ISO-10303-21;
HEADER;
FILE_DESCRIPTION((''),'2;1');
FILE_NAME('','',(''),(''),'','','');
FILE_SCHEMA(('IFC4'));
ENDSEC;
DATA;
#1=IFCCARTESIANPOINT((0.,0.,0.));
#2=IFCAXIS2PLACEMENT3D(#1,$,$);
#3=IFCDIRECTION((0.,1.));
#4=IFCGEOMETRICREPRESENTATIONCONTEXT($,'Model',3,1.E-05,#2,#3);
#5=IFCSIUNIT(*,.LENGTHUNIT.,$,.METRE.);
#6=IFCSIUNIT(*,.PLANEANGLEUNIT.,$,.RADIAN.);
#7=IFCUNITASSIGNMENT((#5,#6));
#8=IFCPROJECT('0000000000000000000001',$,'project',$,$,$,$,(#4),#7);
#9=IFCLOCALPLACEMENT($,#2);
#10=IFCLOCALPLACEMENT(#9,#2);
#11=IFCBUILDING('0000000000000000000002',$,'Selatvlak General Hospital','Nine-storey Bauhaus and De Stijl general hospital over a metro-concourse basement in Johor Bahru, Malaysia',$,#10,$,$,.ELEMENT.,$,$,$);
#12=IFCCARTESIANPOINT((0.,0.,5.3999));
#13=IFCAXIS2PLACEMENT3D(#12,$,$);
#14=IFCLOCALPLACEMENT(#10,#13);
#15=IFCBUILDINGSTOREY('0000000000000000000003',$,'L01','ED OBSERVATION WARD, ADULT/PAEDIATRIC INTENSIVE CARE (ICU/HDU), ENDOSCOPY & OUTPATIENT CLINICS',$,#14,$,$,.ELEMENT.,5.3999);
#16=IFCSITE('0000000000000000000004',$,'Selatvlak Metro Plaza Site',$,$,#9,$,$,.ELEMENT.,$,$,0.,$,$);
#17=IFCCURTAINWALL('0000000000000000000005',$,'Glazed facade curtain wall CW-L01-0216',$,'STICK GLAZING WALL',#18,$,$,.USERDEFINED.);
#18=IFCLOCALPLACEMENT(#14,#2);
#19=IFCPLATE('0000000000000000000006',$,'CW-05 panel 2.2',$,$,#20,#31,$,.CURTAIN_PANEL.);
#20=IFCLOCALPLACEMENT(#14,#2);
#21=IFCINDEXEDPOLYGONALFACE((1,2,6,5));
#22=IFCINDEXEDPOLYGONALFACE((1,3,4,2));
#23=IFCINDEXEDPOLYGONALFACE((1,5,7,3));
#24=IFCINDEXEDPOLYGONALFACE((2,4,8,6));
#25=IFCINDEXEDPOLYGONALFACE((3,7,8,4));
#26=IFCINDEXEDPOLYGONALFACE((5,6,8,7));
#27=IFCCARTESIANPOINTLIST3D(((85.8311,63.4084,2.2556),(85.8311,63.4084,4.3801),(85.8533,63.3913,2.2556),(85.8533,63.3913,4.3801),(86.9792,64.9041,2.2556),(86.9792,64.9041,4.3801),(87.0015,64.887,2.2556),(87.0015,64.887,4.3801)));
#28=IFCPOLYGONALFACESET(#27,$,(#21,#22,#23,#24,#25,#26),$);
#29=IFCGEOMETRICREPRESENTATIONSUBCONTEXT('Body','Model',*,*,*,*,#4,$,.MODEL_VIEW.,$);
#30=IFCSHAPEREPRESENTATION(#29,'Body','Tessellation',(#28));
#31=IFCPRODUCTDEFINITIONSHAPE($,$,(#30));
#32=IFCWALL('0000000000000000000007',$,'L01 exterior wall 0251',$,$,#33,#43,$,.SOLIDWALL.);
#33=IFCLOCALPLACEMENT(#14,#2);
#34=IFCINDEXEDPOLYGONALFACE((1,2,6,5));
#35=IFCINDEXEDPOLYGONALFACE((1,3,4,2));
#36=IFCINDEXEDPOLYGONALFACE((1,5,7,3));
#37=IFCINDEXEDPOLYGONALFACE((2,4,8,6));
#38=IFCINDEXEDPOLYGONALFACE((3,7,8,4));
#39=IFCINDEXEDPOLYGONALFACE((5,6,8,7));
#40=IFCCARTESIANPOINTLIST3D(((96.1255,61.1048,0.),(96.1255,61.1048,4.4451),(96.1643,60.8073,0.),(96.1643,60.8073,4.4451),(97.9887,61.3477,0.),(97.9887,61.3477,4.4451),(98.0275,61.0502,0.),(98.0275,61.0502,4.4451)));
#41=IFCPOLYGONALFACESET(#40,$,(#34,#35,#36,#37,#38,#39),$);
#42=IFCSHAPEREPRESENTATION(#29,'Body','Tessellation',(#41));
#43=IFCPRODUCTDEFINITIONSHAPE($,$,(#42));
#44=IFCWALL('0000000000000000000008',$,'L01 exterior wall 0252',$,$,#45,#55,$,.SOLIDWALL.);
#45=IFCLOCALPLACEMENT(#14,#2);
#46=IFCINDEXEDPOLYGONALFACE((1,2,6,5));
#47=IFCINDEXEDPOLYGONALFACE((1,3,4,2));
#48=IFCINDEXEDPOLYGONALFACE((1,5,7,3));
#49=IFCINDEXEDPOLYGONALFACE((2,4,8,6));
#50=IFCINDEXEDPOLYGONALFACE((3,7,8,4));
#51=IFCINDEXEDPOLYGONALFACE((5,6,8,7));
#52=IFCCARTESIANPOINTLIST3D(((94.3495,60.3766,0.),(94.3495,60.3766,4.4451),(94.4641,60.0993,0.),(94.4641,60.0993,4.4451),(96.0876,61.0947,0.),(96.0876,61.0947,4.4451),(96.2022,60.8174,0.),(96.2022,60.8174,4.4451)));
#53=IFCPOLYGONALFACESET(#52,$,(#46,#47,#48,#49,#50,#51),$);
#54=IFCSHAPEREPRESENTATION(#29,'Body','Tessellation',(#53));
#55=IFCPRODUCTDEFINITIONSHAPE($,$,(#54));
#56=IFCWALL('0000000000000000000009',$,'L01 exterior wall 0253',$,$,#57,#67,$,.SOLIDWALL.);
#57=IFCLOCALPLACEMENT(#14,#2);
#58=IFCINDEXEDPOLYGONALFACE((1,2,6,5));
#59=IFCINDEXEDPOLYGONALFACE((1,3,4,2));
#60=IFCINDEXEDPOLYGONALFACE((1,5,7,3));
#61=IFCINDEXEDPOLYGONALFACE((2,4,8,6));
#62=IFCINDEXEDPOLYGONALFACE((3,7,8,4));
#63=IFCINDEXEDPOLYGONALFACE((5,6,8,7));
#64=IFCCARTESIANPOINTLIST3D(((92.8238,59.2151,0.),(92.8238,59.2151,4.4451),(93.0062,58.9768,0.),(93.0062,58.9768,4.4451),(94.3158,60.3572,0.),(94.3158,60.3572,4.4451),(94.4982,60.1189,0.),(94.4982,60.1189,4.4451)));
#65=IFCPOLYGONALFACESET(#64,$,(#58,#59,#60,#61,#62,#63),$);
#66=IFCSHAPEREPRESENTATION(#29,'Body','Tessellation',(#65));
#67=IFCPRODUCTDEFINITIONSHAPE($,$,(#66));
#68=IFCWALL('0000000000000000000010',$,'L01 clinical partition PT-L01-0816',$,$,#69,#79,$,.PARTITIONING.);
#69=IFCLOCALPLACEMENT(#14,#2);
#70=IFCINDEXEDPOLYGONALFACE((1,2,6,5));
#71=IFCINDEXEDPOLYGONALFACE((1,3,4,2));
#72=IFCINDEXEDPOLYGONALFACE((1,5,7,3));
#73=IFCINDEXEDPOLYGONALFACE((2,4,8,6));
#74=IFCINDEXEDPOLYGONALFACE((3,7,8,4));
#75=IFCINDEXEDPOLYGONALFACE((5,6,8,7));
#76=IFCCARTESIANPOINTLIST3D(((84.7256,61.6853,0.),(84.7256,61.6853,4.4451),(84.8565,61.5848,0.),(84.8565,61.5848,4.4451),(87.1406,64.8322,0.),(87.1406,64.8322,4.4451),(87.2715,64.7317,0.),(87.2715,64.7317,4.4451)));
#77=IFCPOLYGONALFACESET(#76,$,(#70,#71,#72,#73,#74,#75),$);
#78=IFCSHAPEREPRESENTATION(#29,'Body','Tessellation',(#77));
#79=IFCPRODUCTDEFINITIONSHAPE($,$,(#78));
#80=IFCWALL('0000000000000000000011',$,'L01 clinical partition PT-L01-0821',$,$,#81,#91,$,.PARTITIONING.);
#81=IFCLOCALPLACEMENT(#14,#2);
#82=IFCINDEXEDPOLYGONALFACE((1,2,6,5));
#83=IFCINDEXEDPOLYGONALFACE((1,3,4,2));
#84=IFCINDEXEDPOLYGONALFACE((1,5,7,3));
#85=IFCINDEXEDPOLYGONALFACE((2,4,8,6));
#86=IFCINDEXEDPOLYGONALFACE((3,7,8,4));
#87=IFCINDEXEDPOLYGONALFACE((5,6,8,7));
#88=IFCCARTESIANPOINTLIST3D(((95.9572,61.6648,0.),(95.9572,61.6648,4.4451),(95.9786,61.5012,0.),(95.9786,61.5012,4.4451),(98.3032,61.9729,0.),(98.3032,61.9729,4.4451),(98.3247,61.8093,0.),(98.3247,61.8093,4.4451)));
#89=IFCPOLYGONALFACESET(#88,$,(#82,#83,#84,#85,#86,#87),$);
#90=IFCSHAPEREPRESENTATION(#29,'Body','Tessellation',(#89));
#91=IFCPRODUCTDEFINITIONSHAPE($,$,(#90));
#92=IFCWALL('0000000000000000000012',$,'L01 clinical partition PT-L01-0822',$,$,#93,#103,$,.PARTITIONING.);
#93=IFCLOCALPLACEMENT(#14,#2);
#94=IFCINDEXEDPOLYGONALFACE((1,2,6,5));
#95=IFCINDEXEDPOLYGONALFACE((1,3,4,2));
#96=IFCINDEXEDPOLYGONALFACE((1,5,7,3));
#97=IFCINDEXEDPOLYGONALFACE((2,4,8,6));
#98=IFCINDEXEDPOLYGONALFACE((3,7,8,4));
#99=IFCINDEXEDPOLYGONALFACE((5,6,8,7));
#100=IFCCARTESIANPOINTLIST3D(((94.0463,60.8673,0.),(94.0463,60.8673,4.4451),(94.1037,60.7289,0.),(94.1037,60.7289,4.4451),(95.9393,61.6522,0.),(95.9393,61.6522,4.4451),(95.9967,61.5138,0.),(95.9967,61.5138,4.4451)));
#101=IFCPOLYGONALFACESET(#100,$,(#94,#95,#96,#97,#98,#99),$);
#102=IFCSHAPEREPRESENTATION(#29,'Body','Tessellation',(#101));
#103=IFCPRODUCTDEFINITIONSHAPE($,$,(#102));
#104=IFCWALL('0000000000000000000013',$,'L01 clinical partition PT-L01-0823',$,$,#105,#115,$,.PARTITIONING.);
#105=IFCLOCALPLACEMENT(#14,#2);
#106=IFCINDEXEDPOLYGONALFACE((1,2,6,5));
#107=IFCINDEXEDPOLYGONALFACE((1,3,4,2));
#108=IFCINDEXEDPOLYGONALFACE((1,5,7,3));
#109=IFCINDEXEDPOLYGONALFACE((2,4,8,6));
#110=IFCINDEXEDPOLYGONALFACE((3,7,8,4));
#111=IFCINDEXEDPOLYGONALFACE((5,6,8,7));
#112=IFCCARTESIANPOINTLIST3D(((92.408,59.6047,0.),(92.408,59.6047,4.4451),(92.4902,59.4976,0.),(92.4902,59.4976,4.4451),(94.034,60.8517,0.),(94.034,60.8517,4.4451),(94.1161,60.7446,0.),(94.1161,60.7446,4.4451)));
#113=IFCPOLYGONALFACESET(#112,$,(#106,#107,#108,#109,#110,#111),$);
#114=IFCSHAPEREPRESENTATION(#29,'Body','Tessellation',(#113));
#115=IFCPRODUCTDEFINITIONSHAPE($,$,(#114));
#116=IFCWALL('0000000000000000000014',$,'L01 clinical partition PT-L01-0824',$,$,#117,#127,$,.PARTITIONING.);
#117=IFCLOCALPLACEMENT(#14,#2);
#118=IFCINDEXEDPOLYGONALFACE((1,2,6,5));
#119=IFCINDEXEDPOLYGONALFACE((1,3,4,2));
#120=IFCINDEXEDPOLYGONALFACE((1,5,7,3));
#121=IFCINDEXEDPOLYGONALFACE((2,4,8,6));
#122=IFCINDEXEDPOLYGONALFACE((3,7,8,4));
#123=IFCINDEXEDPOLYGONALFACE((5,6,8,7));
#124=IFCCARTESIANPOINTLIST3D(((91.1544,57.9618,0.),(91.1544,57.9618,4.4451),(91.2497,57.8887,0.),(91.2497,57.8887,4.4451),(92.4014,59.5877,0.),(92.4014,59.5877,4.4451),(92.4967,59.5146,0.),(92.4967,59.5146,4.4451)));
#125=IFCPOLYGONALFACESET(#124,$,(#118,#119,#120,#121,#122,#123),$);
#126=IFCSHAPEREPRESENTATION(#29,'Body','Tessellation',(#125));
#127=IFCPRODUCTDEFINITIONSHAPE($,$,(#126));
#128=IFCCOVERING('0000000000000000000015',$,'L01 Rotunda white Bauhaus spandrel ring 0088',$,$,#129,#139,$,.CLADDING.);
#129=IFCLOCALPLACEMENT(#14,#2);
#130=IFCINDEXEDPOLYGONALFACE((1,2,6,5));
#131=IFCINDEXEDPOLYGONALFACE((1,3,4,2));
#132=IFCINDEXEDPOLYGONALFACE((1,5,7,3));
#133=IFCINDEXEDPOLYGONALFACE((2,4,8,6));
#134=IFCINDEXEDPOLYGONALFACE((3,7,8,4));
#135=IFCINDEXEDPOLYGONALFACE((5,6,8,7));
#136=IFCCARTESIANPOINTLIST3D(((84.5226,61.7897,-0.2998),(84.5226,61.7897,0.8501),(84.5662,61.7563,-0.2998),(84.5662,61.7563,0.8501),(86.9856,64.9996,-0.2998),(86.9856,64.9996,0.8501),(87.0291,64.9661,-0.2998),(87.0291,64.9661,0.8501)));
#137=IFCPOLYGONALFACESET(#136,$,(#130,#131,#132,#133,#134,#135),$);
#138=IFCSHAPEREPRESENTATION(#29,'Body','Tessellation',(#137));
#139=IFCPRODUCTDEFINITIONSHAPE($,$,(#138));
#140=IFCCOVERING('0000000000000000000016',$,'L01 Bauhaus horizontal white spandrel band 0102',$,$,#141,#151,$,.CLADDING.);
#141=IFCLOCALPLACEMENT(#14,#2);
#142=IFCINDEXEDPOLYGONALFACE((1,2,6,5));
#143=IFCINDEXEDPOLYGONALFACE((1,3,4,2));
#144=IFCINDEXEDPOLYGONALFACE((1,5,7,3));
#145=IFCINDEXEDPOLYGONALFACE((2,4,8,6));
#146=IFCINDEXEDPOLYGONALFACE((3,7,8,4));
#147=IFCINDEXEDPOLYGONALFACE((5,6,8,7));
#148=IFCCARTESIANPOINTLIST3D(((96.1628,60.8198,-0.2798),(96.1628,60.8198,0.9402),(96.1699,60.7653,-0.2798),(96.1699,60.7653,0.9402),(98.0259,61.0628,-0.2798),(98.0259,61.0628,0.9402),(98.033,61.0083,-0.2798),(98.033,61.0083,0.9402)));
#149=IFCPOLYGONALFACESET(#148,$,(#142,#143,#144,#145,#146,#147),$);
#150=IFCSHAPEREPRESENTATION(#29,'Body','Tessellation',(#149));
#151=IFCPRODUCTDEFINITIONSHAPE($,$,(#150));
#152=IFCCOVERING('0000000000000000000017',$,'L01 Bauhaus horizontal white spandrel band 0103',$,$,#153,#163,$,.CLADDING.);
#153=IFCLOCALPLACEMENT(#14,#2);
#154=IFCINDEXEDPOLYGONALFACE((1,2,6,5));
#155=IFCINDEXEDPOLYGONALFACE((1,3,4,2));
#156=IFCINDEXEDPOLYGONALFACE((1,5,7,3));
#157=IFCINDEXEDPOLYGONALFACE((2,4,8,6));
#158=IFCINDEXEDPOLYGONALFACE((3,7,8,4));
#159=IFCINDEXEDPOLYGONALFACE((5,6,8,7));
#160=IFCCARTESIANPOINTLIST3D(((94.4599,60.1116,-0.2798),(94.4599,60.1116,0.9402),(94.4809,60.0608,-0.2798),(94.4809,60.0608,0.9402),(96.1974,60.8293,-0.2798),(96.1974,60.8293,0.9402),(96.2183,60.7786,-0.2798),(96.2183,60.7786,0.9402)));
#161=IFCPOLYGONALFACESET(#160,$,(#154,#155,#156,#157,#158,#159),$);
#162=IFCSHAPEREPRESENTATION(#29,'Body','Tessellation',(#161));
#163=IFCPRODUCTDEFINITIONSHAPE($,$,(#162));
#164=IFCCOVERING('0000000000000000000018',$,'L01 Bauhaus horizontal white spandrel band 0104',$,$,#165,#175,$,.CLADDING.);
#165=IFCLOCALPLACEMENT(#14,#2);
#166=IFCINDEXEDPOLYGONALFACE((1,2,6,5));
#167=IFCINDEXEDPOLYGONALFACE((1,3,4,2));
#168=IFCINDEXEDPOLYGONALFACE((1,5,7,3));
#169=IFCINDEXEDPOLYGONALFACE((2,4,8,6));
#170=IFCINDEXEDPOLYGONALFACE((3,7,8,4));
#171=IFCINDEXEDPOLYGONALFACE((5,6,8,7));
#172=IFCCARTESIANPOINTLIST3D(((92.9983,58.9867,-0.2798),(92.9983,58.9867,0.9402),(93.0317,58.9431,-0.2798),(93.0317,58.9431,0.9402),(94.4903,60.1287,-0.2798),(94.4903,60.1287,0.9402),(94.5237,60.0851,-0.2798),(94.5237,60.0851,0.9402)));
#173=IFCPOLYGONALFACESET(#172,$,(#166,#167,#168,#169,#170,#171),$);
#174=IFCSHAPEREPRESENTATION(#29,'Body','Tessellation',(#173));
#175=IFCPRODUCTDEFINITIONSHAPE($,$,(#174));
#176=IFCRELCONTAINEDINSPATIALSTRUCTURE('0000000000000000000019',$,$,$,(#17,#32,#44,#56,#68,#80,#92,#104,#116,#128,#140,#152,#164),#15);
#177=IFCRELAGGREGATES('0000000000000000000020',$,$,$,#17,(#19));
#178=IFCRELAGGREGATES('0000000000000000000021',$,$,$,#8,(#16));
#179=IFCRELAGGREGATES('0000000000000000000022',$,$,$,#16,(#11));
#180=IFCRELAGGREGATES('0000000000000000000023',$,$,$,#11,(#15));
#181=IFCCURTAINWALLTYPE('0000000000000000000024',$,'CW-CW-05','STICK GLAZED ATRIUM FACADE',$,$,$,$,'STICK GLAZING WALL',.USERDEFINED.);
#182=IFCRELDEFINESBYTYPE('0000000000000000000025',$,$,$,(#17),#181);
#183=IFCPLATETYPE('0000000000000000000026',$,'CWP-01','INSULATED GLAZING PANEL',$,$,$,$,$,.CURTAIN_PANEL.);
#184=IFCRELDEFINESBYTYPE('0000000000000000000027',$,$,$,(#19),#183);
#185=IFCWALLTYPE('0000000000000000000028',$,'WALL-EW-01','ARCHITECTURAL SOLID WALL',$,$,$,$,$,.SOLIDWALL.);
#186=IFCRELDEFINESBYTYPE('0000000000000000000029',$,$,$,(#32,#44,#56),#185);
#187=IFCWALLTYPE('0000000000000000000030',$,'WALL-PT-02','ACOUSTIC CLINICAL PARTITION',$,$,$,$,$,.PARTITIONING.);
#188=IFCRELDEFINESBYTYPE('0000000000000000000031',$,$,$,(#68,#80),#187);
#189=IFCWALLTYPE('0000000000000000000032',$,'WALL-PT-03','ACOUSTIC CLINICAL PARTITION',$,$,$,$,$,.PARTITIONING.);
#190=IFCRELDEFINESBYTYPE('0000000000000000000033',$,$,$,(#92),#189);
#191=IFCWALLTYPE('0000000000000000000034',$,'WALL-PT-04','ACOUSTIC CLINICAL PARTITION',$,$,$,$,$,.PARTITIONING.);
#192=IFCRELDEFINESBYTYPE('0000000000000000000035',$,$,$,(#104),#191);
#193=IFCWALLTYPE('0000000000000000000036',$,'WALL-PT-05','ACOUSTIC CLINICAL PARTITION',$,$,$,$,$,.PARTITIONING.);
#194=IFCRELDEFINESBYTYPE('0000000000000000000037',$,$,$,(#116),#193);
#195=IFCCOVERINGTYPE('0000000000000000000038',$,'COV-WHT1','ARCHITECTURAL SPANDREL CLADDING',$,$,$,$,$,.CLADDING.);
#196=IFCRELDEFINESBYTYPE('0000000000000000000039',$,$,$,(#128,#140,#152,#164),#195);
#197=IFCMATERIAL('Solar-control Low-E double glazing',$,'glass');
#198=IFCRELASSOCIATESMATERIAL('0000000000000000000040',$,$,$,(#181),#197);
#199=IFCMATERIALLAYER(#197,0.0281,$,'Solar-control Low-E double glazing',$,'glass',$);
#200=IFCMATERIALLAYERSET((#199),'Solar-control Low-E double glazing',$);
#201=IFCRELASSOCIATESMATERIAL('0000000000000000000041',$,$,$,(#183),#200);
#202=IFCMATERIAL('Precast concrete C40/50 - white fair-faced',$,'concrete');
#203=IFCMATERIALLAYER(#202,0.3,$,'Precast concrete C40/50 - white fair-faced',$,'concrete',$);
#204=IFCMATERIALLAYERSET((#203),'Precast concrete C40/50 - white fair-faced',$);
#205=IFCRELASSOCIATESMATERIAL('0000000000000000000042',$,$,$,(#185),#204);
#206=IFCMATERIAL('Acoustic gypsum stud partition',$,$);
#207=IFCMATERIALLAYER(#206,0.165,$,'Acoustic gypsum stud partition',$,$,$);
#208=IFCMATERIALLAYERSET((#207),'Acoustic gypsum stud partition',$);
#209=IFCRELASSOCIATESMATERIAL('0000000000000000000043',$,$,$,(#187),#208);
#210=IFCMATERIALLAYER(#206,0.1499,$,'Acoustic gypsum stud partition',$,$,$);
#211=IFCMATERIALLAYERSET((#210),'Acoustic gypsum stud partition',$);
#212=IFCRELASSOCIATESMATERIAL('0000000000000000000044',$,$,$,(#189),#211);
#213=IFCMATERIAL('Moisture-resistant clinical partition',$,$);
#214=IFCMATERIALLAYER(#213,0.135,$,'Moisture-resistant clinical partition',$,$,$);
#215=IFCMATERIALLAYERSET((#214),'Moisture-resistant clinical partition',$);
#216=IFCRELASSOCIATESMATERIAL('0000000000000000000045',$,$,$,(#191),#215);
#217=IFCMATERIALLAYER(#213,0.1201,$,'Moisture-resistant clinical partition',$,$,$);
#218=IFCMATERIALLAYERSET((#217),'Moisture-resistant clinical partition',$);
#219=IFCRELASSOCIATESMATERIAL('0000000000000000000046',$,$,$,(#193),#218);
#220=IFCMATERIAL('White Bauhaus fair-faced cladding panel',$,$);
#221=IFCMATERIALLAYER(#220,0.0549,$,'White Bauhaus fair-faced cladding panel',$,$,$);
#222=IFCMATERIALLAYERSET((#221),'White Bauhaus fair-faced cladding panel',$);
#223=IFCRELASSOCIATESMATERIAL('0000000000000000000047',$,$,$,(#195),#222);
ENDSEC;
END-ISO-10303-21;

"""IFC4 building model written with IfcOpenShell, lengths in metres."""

from ifc_helpers import new_model, si_unit, direction, frame, frame_2d, origin, origin_2d, place, context, subcontext, project, spatial, rectangle, extrude, material, layer, layer_set, type_object, element, aggregate, save


model = new_model("IFC4")

# Units and contexts
model_context = context("Model", 3, precision=1e-05, world=origin(), true_north=direction((0.0, 1.0)))
body_context = subcontext(model_context, "Body", "Model", "MODEL_VIEW")
ifc_project = project(units=[si_unit("LENGTHUNIT", "METRE"), si_unit("PLANEANGLEUNIT", "RADIAN")], contexts=[model_context])

# Site, building, storey
site_placement = place(None, origin())
site = spatial("IfcSite", under=ifc_project, at=site_placement, Name="Selatvlak Metro Plaza Site", CompositionType="ELEMENT", RefElevation=0.0)
building_placement = place(site_placement, origin())
building = spatial("IfcBuilding", under=site, at=building_placement, Name="Selatvlak General Hospital", Description="Nine-storey Bauhaus and De Stijl general hospital over a metro-concourse basement in Johor Bahru, Malaysia", CompositionType="ELEMENT")
storey_placement = place(building_placement, frame((0.0, 0.0, 5.3999)))
storey = spatial("IfcBuildingStorey", under=building, at=storey_placement, Name="L01", Description="ED OBSERVATION WARD, ADULT/PAEDIATRIC INTENSIVE CARE (ICU/HDU), ENDOSCOPY & OUTPATIENT CLINICS", CompositionType="ELEMENT", Elevation=5.3999)

# Curtain wall
ifc_material_1 = material(Name="Solar-control Low-E double glazing", Category="glass")
curtain_wall_type_1 = type_object("IfcCurtainWallType", Name="CW-CW-05", Description="STICK GLAZED ATRIUM FACADE", ElementType="STICK GLAZING WALL", PredefinedType="USERDEFINED", material=ifc_material_1)
curtain_wall_1_placement = place(storey_placement, origin())
curtain_wall_1 = element("IfcCurtainWall", 1, at=curtain_wall_1_placement, inside=storey, type_object=curtain_wall_type_1, Name="Glazed facade curtain wall CW-L01-0216", ObjectType="STICK GLAZING WALL", PredefinedType="USERDEFINED")

# Plate
ifc_layer_1 = layer(ifc_material_1, 0.0281, Name="Solar-control Low-E double glazing", Category="glass")
ifc_layer_set_1 = layer_set([ifc_layer_1], Name="Solar-control Low-E double glazing")
plate_type = type_object("IfcPlateType", Name="CWP-01", Description="INSULATED GLAZING PANEL", PredefinedType="CURTAIN_PANEL", material=ifc_layer_set_1)
plate_1_placement = place(storey_placement, frame((86.4163, 64.1477, 2.2556), z_axis=(0.0, 0.0, 1.0), x_axis=(0.608918, 0.793233, 0.0)))
plate_1 = element("IfcPlate", 2, at=plate_1_placement, type_object=plate_type, Name="CW-05 panel 2.2", PredefinedType="CURTAIN_PANEL", context=body_context, shape_type="SweptSolid", body=[
    extrude(rectangle(XDim=1.8855, YDim=0.0281, at=origin_2d()), origin(), (0.0, 0.0, 1.0), 2.1245),
])
aggregate(curtain_wall_1, [plate_1])

# Walls
ifc_material_2 = material(Name="Precast concrete C40/50 - white fair-faced", Category="concrete")
ifc_layer_2 = layer(ifc_material_2, 0.3, Name="Precast concrete C40/50 - white fair-faced", Category="concrete")
ifc_layer_set_2 = layer_set([ifc_layer_2], Name="Precast concrete C40/50 - white fair-faced")
wall_type_1 = type_object("IfcWallType", Name="WALL-EW-01", Description="ARCHITECTURAL SOLID WALL", PredefinedType="SOLIDWALL", material=ifc_layer_set_2)
wall_1_placement = place(storey_placement, frame((98.0081, 61.199, 0.0), z_axis=(0.0, 0.0, 1.0), x_axis=(-0.991606, -0.129295, 0.0)))
element("IfcWall", 3, at=wall_1_placement, inside=storey, type_object=wall_type_1, Name="L01 exterior wall 0251", PredefinedType="SOLIDWALL", context=body_context, shape_type="SweptSolid", body=[
    extrude(rectangle(XDim=1.8789, YDim=0.3, at=frame_2d((0.9395, 0.0))), origin(), (0.0, 0.0, 1.0), 4.4451),
])
wall_2_placement = place(storey_placement, frame((96.145, 60.9561, 0.0), z_axis=(0.0, 0.0, 1.0), x_axis=(-0.924237, -0.38182, 0.0)))
element("IfcWall", 4, at=wall_2_placement, inside=storey, type_object=wall_type_1, Name="L01 exterior wall 0252", PredefinedType="SOLIDWALL", context=body_context, shape_type="SweptSolid", body=[
    extrude(rectangle(XDim=1.8806, YDim=0.3, at=frame_2d((0.9404, 0.0))), origin(), (0.0, 0.0, 1.0), 4.4451),
])
wall_3_placement = place(storey_placement, frame((94.407, 60.238, 0.0), z_axis=(0.0, 0.0, 1.0), x_axis=(-0.794052, -0.60785, 0.0)))
element("IfcWall", 5, at=wall_3_placement, inside=storey, type_object=wall_type_1, Name="L01 exterior wall 0253", PredefinedType="SOLIDWALL", context=body_context, shape_type="SweptSolid", body=[
    extrude(rectangle(XDim=1.8789, YDim=0.3, at=frame_2d((0.9395, 0.0))), origin(), (0.0, 0.0, 1.0), 4.4451),
])
ifc_material_3 = material(Name="Acoustic gypsum stud partition")
ifc_layer_3 = layer(ifc_material_3, 0.165, Name="Acoustic gypsum stud partition")
ifc_layer_set_3 = layer_set([ifc_layer_3], Name="Acoustic gypsum stud partition")
wall_type_2 = type_object("IfcWallType", Name="WALL-PT-02", Description="ACOUSTIC CLINICAL PARTITION", PredefinedType="PARTITIONING", material=ifc_layer_set_3)
wall_4_placement = place(storey_placement, frame((87.2061, 64.782, 0.0), z_axis=(0.0, 0.0, 1.0), x_axis=(-0.608806, -0.793319, 0.0)))
element("IfcWall", 6, at=wall_4_placement, inside=storey, type_object=wall_type_2, Name="L01 clinical partition PT-L01-0816", PredefinedType="PARTITIONING", context=body_context, shape_type="SweptSolid", body=[
    extrude(rectangle(XDim=3.9668, YDim=0.165, at=frame_2d((1.9834, 0.0))), origin(), (0.0, 0.0, 1.0), 4.4451),
])
wall_5_placement = place(storey_placement, frame((98.314, 61.8911, 0.0), z_axis=(0.0, 0.0, 1.0), x_axis=(-0.991486, -0.130217, 0.0)))
element("IfcWall", 7, at=wall_5_placement, inside=storey, type_object=wall_type_2, Name="L01 clinical partition PT-L01-0821", PredefinedType="PARTITIONING", context=body_context, shape_type="SweptSolid", body=[
    extrude(rectangle(XDim=2.3662, YDim=0.165, at=frame_2d((1.1831, 0.0))), origin(), (0.0, 0.0, 1.0), 4.4451),
])
ifc_layer_4 = layer(ifc_material_3, 0.1499, Name="Acoustic gypsum stud partition")
ifc_layer_set_4 = layer_set([ifc_layer_4], Name="Acoustic gypsum stud partition")
wall_type_3 = type_object("IfcWallType", Name="WALL-PT-03", Description="ACOUSTIC CLINICAL PARTITION", PredefinedType="PARTITIONING", material=ifc_layer_set_4)
wall_6_placement = place(storey_placement, frame((95.968, 61.583, 0.0), z_axis=(0.0, 0.0, 1.0), x_axis=(-0.923745, -0.383008, 0.0)))
element("IfcWall", 8, at=wall_6_placement, inside=storey, type_object=wall_type_3, Name="L01 clinical partition PT-L01-0822", PredefinedType="PARTITIONING", context=body_context, shape_type="SweptSolid", body=[
    extrude(rectangle(XDim=2.0493, YDim=0.1499, at=frame_2d((1.0247, 0.0))), origin(), (0.0, 0.0, 1.0), 4.4451),
])
ifc_material_4 = material(Name="Moisture-resistant clinical partition")
ifc_layer_5 = layer(ifc_material_4, 0.135, Name="Moisture-resistant clinical partition")
ifc_layer_set_5 = layer_set([ifc_layer_5], Name="Moisture-resistant clinical partition")
wall_type_4 = type_object("IfcWallType", Name="WALL-PT-04", Description="ACOUSTIC CLINICAL PARTITION", PredefinedType="PARTITIONING", material=ifc_layer_set_5)
wall_7_placement = place(storey_placement, frame((94.075, 60.7981, 0.0), z_axis=(0.0, 0.0, 1.0), x_axis=(-0.793491, -0.608582, 0.0)))
element("IfcWall", 9, at=wall_7_placement, inside=storey, type_object=wall_type_4, Name="L01 clinical partition PT-L01-0823", PredefinedType="PARTITIONING", context=body_context, shape_type="SweptSolid", body=[
    extrude(rectangle(XDim=2.0491, YDim=0.135, at=frame_2d((1.0244, 0.0))), origin(), (0.0, 0.0, 1.0), 4.4451),
])
ifc_layer_6 = layer(ifc_material_4, 0.1201, Name="Moisture-resistant clinical partition")
ifc_layer_set_6 = layer_set([ifc_layer_6], Name="Moisture-resistant clinical partition")
wall_type_5 = type_object("IfcWallType", Name="WALL-PT-05", Description="ACOUSTIC CLINICAL PARTITION", PredefinedType="PARTITIONING", material=ifc_layer_set_6)
wall_8_placement = place(storey_placement, frame((92.449, 59.551, 0.0), z_axis=(0.0, 0.0, 1.0), x_axis=(-0.608582, -0.793491, 0.0)))
element("IfcWall", 10, at=wall_8_placement, inside=storey, type_object=wall_type_5, Name="L01 clinical partition PT-L01-0824", PredefinedType="PARTITIONING", context=body_context, shape_type="SweptSolid", body=[
    extrude(rectangle(XDim=2.0491, YDim=0.1201, at=frame_2d((1.0244, 0.0))), origin(), (0.0, 0.0, 1.0), 4.4451),
])

# Coverings
ifc_material_5 = material(Name="White Bauhaus fair-faced cladding panel")
ifc_layer_7 = layer(ifc_material_5, 0.0549, Name="White Bauhaus fair-faced cladding panel")
ifc_layer_set_7 = layer_set([ifc_layer_7], Name="White Bauhaus fair-faced cladding panel")
covering_type = type_object("IfcCoveringType", Name="COV-WHT1", Description="ARCHITECTURAL SPANDREL CLADDING", PredefinedType="CLADDING", material=ifc_layer_set_7)
covering_1_placement = place(storey_placement, frame((85.7759, 63.3779, -0.2998), z_axis=(0.0, 0.0, 1.0), x_axis=(0.608748, 0.793364, 0.0)))
element("IfcCovering", 11, at=covering_1_placement, inside=storey, type_object=covering_type, Name="L01 Rotunda white Bauhaus spandrel ring 0088", PredefinedType="CLADDING", context=body_context, shape_type="SweptSolid", body=[
    extrude(rectangle(XDim=4.0459, YDim=0.0549, at=origin_2d()), origin(), (0.0, 0.0, 1.0), 1.1499),
])
covering_2_placement = place(storey_placement, frame((97.0979, 60.9141, -0.2798), z_axis=(0.0, 0.0, 1.0), x_axis=(-0.991601, -0.129332, 0.0)))
element("IfcCovering", 12, at=covering_2_placement, inside=storey, type_object=covering_type, Name="L01 Bauhaus horizontal white spandrel band 0102", PredefinedType="CLADDING", context=body_context, shape_type="SweptSolid", body=[
    extrude(rectangle(XDim=1.8789, YDim=0.0549, at=origin_2d()), origin(), (0.0, 0.0, 1.0), 1.22),
])
covering_3_placement = place(storey_placement, frame((95.3391, 60.4451, -0.2798), z_axis=(0.0, 0.0, 1.0), x_axis=(-0.92424, -0.381813, 0.0)))
element("IfcCovering", 13, at=covering_3_placement, inside=storey, type_object=covering_type, Name="L01 Bauhaus horizontal white spandrel band 0103", PredefinedType="CLADDING", context=body_context, shape_type="SweptSolid", body=[
    extrude(rectangle(XDim=1.8799, YDim=0.0549, at=origin_2d()), origin(), (0.0, 0.0, 1.0), 1.22),
])
covering_4_placement = place(storey_placement, frame((93.761, 59.5359, -0.2798), z_axis=(0.0, 0.0, 1.0), x_axis=(-0.794086, -0.607806, 0.0)))
element("IfcCovering", 14, at=covering_4_placement, inside=storey, type_object=covering_type, Name="L01 Bauhaus horizontal white spandrel band 0104", PredefinedType="CLADDING", context=body_context, shape_type="SweptSolid", body=[
    extrude(rectangle(XDim=1.8789, YDim=0.0549, at=origin_2d()), origin(), (0.0, 0.0, 1.0), 1.22),
])

save(model, "model.ifc")
